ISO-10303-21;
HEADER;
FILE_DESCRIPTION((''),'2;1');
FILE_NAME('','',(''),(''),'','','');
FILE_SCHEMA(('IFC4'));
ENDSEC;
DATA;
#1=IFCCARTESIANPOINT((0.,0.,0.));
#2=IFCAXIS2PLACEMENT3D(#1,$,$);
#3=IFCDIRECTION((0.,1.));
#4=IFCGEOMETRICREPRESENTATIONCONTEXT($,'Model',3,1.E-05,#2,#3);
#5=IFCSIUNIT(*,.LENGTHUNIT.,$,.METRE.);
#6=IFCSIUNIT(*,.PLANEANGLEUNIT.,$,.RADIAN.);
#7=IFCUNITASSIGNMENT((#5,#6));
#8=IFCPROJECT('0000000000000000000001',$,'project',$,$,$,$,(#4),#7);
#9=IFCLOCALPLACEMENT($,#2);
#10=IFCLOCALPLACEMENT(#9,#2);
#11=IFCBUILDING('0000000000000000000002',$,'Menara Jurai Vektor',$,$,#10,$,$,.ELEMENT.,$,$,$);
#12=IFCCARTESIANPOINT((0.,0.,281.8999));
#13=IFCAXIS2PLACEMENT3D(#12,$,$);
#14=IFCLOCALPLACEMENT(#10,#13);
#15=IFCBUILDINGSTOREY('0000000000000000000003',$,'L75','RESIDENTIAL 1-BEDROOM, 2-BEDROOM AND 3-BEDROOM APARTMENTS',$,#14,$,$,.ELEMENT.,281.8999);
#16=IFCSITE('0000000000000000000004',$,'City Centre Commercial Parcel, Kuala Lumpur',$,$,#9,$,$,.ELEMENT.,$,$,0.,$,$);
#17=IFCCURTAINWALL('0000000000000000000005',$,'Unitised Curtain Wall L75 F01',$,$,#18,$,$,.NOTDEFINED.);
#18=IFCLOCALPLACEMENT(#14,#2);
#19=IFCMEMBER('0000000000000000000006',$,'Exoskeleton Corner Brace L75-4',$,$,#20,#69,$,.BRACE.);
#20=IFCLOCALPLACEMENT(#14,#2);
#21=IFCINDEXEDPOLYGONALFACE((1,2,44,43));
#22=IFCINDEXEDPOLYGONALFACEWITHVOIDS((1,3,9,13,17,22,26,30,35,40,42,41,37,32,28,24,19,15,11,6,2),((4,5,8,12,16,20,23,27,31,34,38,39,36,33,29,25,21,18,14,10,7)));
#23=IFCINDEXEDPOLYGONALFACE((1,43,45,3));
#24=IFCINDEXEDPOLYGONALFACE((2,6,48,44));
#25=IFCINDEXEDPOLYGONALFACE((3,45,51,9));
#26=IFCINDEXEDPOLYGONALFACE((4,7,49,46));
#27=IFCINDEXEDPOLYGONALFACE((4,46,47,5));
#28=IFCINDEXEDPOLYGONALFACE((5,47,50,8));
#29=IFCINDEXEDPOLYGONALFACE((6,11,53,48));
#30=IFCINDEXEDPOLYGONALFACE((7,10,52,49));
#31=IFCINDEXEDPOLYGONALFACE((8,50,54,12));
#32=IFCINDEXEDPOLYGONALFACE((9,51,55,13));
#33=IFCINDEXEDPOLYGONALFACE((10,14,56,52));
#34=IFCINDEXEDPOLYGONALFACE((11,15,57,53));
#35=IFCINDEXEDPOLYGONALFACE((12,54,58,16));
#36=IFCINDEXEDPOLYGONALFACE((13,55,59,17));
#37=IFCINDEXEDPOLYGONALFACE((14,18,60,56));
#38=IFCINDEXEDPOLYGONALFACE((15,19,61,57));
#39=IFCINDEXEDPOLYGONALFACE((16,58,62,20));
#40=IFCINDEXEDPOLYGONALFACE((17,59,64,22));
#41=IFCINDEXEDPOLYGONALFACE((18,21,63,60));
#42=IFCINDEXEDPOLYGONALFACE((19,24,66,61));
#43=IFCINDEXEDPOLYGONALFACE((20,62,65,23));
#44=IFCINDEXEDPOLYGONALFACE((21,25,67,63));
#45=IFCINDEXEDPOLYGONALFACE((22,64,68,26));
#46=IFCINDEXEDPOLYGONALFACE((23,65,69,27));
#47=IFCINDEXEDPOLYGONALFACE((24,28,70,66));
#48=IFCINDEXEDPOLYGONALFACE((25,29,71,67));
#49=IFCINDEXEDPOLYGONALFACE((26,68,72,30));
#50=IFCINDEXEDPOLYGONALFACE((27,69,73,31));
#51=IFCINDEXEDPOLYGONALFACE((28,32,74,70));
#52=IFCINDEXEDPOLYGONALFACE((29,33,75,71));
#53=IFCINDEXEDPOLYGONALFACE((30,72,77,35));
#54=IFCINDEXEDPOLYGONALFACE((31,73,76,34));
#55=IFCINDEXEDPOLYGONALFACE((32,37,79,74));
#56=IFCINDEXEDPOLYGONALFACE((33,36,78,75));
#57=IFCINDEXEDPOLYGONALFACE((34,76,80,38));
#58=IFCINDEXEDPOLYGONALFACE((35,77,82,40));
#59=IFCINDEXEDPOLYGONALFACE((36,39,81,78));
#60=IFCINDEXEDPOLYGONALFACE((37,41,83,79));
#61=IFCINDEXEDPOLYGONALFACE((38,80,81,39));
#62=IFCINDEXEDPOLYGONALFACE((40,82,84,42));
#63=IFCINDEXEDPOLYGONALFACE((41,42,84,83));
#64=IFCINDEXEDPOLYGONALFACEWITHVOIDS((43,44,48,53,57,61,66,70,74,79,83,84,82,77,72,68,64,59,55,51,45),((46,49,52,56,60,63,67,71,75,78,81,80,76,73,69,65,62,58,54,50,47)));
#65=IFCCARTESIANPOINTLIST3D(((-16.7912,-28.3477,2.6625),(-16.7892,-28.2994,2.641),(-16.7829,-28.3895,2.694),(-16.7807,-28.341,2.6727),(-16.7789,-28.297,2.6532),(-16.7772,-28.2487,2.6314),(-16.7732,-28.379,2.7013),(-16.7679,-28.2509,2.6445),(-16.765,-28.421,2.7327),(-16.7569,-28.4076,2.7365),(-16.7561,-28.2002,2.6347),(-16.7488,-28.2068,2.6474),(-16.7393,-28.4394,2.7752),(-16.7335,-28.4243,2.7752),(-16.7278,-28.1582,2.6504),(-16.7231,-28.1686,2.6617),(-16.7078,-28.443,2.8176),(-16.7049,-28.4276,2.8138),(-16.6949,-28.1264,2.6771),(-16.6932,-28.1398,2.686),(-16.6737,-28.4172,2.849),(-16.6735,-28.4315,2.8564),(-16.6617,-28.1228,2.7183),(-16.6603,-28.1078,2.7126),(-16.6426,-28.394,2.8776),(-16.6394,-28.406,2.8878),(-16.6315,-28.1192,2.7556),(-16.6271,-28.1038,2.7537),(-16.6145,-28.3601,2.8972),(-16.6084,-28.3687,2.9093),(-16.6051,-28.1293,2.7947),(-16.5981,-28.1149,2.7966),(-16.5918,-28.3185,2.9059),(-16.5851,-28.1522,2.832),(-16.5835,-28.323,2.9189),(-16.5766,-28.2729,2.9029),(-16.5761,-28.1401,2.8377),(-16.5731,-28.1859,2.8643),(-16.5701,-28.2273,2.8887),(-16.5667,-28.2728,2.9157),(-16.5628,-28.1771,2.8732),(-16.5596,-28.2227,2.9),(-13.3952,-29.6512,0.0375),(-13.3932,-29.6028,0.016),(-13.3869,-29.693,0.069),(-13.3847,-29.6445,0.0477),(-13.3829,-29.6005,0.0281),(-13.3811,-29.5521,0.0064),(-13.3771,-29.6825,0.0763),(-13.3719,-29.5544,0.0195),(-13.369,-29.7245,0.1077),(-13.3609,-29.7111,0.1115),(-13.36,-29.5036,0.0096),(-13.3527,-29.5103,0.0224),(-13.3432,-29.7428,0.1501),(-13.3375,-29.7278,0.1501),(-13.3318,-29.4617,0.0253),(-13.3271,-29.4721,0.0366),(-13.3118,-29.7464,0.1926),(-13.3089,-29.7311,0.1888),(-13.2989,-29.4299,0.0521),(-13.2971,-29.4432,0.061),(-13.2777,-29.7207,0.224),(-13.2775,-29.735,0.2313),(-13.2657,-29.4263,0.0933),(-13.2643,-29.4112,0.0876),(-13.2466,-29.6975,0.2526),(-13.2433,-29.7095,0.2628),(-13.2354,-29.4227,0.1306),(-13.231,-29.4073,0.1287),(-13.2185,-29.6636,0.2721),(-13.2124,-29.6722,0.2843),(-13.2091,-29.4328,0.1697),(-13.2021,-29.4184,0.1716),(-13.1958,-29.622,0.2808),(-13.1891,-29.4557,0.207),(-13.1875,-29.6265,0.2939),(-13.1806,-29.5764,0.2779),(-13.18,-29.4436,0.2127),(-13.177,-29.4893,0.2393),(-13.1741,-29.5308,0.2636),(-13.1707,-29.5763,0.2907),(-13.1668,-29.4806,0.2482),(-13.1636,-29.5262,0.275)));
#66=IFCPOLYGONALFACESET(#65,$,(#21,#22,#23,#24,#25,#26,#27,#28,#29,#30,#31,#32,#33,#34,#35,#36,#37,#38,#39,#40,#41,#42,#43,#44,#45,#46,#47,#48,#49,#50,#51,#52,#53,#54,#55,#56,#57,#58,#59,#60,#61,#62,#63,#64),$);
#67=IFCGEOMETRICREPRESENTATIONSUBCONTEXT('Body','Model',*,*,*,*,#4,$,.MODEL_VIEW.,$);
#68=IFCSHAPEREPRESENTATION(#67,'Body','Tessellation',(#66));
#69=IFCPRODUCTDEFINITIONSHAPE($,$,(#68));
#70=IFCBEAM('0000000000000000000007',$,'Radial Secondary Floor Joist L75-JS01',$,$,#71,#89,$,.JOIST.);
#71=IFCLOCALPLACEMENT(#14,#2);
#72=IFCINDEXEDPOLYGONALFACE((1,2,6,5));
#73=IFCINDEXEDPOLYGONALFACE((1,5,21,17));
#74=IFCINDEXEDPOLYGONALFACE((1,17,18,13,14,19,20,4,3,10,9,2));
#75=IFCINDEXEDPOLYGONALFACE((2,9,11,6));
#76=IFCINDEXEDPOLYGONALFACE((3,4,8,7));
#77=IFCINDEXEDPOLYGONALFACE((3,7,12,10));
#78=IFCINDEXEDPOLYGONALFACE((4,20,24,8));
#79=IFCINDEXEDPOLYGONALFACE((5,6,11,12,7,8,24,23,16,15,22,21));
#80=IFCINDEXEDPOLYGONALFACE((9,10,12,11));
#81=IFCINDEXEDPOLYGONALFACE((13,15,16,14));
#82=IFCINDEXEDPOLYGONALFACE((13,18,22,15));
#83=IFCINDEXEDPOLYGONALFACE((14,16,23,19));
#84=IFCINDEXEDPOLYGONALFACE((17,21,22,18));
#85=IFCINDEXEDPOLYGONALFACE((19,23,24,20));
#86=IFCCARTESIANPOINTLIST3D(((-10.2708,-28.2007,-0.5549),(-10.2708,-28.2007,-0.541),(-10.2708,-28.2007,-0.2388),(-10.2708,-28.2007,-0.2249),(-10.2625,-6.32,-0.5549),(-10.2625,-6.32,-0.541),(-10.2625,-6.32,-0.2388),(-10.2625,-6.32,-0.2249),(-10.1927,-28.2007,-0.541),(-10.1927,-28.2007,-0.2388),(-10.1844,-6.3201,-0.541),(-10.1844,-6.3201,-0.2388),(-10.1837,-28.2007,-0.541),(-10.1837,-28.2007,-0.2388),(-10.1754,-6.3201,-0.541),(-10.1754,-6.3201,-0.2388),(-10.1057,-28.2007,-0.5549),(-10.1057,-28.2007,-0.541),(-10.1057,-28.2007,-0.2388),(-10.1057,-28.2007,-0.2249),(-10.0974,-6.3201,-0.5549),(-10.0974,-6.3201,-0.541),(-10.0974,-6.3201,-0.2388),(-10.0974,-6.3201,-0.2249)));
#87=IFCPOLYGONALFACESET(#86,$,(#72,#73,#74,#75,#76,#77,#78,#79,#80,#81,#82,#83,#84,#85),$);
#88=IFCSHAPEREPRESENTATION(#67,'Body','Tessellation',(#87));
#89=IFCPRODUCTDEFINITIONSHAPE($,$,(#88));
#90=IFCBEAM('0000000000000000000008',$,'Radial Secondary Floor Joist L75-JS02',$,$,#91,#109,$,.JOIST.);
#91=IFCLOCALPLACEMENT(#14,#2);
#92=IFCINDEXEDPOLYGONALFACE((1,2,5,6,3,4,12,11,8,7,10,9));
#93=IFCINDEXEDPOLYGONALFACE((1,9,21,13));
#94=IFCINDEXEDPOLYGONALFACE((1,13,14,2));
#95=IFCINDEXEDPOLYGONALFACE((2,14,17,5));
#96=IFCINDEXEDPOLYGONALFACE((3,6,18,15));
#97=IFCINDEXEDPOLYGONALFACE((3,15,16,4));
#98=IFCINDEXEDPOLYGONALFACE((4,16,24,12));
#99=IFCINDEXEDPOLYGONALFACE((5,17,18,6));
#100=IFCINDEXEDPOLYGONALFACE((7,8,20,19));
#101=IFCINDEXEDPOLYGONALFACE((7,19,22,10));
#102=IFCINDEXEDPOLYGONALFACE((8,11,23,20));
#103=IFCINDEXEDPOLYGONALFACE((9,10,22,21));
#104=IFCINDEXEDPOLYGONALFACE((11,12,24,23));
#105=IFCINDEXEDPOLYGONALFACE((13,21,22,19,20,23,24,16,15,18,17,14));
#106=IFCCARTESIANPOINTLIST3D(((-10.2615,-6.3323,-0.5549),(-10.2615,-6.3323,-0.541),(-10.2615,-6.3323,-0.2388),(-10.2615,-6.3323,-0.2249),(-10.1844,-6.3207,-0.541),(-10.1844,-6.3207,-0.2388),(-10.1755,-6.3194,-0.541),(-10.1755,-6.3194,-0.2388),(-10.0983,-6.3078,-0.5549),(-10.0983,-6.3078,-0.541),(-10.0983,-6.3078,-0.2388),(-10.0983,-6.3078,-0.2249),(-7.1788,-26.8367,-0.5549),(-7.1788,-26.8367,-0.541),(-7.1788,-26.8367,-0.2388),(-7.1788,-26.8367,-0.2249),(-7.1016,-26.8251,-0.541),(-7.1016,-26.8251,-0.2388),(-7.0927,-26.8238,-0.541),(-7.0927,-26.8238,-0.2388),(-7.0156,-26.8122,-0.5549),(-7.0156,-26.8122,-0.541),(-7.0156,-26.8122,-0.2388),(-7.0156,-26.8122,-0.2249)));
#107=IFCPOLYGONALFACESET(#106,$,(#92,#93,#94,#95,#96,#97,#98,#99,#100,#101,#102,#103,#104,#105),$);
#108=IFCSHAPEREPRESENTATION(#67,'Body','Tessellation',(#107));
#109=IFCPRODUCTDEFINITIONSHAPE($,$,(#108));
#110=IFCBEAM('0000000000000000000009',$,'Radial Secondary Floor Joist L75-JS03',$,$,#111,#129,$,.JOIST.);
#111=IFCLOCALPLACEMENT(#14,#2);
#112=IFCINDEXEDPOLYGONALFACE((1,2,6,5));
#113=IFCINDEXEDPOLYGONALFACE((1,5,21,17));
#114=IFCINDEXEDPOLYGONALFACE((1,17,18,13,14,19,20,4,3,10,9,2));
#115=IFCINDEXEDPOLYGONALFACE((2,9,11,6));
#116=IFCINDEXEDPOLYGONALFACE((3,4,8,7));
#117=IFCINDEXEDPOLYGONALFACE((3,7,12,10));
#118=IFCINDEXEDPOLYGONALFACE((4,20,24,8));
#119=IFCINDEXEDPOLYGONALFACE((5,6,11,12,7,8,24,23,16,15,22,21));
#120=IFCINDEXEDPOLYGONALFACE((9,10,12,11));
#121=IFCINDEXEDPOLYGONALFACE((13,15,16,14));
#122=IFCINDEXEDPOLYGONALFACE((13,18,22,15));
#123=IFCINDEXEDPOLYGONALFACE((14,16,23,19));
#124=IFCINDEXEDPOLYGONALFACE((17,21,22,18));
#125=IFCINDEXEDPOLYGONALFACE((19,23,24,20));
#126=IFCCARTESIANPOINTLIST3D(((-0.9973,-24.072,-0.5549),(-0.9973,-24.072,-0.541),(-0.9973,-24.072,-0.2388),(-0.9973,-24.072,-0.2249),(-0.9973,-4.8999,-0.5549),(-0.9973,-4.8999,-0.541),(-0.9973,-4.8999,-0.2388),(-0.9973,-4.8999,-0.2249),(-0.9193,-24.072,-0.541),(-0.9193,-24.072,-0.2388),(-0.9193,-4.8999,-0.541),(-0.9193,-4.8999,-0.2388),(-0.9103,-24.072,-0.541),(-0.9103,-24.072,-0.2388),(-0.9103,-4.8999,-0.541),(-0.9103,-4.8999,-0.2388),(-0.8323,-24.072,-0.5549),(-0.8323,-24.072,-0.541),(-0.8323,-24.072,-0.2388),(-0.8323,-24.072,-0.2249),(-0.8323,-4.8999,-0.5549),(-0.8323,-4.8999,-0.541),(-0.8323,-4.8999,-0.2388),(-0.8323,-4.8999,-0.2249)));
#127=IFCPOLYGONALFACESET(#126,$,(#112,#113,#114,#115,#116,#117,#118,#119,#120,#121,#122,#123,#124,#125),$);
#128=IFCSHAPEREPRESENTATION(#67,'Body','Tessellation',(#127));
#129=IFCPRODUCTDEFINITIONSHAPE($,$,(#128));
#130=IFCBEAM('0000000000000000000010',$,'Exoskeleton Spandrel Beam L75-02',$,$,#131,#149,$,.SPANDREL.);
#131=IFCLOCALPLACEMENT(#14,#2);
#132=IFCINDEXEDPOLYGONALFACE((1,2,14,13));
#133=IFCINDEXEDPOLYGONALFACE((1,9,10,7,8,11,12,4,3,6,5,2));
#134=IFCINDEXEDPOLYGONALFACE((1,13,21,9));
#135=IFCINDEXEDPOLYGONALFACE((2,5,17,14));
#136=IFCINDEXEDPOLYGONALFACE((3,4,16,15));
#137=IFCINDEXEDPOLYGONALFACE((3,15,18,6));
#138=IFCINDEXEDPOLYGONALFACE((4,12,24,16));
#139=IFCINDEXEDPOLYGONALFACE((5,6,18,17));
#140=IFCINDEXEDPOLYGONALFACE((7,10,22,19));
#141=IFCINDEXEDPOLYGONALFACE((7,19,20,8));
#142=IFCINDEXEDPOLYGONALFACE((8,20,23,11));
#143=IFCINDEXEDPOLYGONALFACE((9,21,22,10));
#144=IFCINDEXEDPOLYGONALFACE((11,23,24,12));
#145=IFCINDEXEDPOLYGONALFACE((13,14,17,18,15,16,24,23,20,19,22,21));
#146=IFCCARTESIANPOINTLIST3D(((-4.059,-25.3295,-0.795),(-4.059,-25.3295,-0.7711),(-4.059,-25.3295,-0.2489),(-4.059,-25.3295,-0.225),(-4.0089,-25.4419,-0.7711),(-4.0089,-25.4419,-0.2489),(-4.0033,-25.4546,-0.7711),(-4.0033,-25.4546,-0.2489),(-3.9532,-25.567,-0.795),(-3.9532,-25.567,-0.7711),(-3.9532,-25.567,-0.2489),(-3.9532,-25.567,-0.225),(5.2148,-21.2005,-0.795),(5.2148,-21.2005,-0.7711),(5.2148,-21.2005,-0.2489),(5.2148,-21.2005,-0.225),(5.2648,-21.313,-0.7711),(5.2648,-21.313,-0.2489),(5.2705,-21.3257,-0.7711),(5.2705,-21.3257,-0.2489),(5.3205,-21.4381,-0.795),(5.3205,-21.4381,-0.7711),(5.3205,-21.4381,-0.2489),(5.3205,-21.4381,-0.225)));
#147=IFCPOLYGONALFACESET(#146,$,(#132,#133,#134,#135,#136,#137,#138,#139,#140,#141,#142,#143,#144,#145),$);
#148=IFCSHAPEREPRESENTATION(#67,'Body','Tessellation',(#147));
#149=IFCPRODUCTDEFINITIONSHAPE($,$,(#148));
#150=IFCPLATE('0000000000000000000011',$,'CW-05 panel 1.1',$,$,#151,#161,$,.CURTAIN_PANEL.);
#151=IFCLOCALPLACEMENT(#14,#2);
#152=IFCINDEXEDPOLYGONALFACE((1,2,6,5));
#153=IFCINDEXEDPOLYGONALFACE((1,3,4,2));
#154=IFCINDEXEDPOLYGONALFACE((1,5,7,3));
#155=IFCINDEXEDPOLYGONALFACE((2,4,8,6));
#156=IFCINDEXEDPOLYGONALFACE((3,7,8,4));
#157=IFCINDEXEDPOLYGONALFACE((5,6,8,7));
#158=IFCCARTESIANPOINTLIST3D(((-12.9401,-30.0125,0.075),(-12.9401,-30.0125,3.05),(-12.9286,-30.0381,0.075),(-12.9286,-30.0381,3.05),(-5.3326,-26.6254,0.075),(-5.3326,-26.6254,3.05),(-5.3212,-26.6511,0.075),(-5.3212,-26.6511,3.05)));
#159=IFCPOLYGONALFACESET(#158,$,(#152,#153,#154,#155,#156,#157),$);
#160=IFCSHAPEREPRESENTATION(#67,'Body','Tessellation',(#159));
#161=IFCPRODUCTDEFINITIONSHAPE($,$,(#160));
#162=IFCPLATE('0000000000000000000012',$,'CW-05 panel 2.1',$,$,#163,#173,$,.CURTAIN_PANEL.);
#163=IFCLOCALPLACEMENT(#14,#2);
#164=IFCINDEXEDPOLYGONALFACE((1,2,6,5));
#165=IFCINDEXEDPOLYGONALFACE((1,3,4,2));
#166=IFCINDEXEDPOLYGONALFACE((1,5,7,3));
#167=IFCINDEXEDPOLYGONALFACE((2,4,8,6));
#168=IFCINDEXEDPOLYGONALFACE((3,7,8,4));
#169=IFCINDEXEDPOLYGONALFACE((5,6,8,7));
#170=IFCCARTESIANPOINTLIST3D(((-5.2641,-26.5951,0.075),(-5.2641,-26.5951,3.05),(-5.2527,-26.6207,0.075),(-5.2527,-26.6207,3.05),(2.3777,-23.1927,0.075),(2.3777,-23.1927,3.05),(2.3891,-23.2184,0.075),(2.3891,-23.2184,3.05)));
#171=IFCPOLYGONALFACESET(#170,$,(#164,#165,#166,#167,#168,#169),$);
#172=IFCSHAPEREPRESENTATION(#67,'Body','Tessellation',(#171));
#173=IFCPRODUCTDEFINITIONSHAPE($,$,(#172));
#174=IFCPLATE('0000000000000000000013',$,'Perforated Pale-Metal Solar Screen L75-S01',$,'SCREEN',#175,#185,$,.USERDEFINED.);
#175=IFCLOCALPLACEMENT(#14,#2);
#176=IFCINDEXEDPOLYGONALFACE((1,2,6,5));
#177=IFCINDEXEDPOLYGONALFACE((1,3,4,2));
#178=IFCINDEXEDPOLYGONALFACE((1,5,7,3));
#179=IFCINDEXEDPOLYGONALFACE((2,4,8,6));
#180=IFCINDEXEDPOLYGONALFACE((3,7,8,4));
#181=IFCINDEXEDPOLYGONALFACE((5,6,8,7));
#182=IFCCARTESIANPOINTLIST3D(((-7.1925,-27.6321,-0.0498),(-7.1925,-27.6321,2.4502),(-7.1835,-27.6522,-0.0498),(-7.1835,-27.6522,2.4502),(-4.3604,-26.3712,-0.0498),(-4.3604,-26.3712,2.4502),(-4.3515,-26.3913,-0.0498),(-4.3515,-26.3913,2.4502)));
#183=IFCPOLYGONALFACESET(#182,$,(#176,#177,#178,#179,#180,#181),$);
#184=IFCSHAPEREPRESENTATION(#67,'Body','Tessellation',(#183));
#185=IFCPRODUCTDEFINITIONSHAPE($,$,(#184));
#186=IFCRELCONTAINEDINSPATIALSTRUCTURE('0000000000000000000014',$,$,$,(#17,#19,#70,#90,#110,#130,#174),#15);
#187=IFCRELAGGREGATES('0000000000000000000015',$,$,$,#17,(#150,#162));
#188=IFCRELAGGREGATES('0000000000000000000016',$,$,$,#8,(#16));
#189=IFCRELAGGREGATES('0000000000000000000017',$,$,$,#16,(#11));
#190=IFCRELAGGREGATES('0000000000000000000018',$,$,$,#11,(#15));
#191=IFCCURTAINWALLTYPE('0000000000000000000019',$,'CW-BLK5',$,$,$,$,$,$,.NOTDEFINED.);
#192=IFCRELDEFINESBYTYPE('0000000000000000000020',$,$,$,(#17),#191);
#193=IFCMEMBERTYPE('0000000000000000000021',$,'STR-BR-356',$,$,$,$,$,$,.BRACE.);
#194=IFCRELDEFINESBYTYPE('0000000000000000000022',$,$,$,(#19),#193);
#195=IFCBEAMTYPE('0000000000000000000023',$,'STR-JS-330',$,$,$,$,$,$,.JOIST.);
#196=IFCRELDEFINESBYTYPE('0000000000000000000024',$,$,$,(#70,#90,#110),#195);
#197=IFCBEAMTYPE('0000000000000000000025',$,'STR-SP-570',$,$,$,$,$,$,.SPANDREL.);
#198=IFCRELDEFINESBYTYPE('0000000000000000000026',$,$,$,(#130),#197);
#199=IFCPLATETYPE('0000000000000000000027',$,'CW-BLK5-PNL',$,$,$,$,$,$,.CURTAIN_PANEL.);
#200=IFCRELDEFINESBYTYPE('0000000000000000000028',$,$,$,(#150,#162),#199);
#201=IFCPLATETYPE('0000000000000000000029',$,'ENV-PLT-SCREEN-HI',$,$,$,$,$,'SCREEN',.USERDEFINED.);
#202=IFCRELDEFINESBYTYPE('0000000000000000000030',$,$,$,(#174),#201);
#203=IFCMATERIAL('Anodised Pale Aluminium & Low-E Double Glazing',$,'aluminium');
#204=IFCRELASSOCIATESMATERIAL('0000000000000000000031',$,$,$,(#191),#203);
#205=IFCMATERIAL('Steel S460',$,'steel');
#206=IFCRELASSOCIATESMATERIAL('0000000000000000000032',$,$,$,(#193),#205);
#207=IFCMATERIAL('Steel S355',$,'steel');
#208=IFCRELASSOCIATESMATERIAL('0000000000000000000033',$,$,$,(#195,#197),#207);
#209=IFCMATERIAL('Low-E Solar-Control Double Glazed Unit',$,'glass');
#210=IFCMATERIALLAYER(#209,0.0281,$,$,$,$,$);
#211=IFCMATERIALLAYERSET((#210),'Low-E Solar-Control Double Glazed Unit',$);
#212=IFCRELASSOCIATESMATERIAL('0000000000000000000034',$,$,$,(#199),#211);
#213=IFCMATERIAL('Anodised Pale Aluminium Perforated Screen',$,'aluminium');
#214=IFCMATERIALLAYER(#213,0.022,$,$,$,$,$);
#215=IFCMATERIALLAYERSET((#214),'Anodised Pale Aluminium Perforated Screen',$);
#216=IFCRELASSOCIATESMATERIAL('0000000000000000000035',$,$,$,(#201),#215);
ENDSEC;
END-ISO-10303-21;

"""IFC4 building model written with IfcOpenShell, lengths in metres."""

from ifc_helpers import new_model, si_unit, direction, frame, origin, origin_2d, place, context, subcontext, project, spatial, rectangle, hollow_circle, i_section, extrude, material, layer, layer_set, material_profile, profile_set, type_object, element, aggregate, save


model = new_model("IFC4")

# Units and contexts
model_context = context("Model", 3, precision=1e-05, world=origin(), true_north=direction((0.0, 1.0)))
body_context = subcontext(model_context, "Body", "Model", "MODEL_VIEW")
ifc_project = project(units=[si_unit("LENGTHUNIT", "METRE"), si_unit("PLANEANGLEUNIT", "RADIAN")], contexts=[model_context])

# Site, building, storey
site_placement = place(None, origin())
site = spatial("IfcSite", under=ifc_project, at=site_placement, Name="City Centre Commercial Parcel, Kuala Lumpur", CompositionType="ELEMENT", RefElevation=0.0)
building_placement = place(site_placement, origin())
building = spatial("IfcBuilding", under=site, at=building_placement, Name="Menara Jurai Vektor", CompositionType="ELEMENT")
storey_placement = place(building_placement, frame((0.0, 0.0, 281.8999)))
storey = spatial("IfcBuildingStorey", under=building, at=storey_placement, Name="L75", Description="RESIDENTIAL 1-BEDROOM, 2-BEDROOM AND 3-BEDROOM APARTMENTS", CompositionType="ELEMENT", Elevation=281.8999)

# Shared definitions
ifc_material_1 = material(Name="Steel S460", Category="steel")

# Curtain wall
ifc_material_2 = material(Name="Anodised Pale Aluminium & Low-E Double Glazing", Category="aluminium")
curtain_wall_type = type_object("IfcCurtainWallType", Name="CW-BLK5", PredefinedType="NOTDEFINED", material=ifc_material_2)
curtain_wall_placement = place(storey_placement, origin())
curtain_wall = element("IfcCurtainWall", 1, at=curtain_wall_placement, inside=storey, type_object=curtain_wall_type, Name="Unitised Curtain Wall L75 F01", PredefinedType="NOTDEFINED")

# Shared definitions
ifc_material_3 = material(Name="Steel S355", Category="steel")

# Member
ifc_material_profile_1 = material_profile(ifc_material_1, hollow_circle(Radius=0.1777, WallThickness=0.0161, at=origin_2d()), Name="CHS 355.6x16")
ifc_profile_set_1 = profile_set([ifc_material_profile_1], Name="Steel S460")
member_type_1 = type_object("IfcMemberType", Name="STR-BR-356", PredefinedType="BRACE", material=ifc_profile_set_1)
member_1_placement = place(storey_placement, frame((-13.2795, -29.5769, 0.1501), z_axis=(-0.757054, 0.290576, 0.585179), x_axis=(-0.358336, -0.933593, 0.0)))
element("IfcMember", 2, at=member_1_placement, inside=storey, type_object=member_type_1, Name="Exoskeleton Corner Brace L75-4", PredefinedType="BRACE", context=body_context, shape_type="SweptSolid", body=[
    extrude(hollow_circle(Radius=0.1777, WallThickness=0.0161, at=origin_2d()), origin(), (0.0, 0.0, 1.0), 4.4858),
])

# Beams
ifc_material_profile_2 = material_profile(ifc_material_3, i_section(OverallWidth=0.165, OverallDepth=0.3301, WebThickness=0.009, FlangeThickness=0.0139, at=origin_2d()), Name="PG 330x165x46")
ifc_profile_set_2 = profile_set([ifc_material_profile_2], Name="Steel S355")
beam_type_1 = type_object("IfcBeamType", Name="STR-JS-330", PredefinedType="JOIST", material=ifc_profile_set_2)
beam_1_placement = place(storey_placement, frame((-10.1882, -28.2007, -0.3899), z_axis=(0.000379, 1.0, 0.0), x_axis=(-1.0, 0.000379, 0.0)))
element("IfcBeam", 3, at=beam_1_placement, inside=storey, type_object=beam_type_1, Name="Radial Secondary Floor Joist L75-JS01", PredefinedType="JOIST", context=body_context, shape_type="SweptSolid", body=[
    extrude(i_section(OverallWidth=0.165, OverallDepth=0.3301, WebThickness=0.009, FlangeThickness=0.0139, at=origin_2d()), origin(), (0.0, 0.0, 1.0), 21.8806),
])
beam_2_placement = place(storey_placement, frame((-7.0972, -26.8245, -0.3899), z_axis=(-0.148676, 0.988886, 0.0), x_axis=(-0.988886, -0.148676, 0.0)))
element("IfcBeam", 4, at=beam_2_placement, inside=storey, type_object=beam_type_1, Name="Radial Secondary Floor Joist L75-JS02", PredefinedType="JOIST", context=body_context, shape_type="SweptSolid", body=[
    extrude(i_section(OverallWidth=0.165, OverallDepth=0.3301, WebThickness=0.009, FlangeThickness=0.0139, at=origin_2d()), origin(), (0.0, 0.0, 1.0), 20.7349),
])
beam_3_placement = place(storey_placement, frame((-0.9148, -24.072, -0.3899), z_axis=(0.0, 1.0, 0.0), x_axis=(-1.0, 0.0, 0.0)))
element("IfcBeam", 5, at=beam_3_placement, inside=storey, type_object=beam_type_1, Name="Radial Secondary Floor Joist L75-JS03", PredefinedType="JOIST", context=body_context, shape_type="SweptSolid", body=[
    extrude(i_section(OverallWidth=0.165, OverallDepth=0.3301, WebThickness=0.009, FlangeThickness=0.0139, at=origin_2d()), origin(), (0.0, 0.0, 1.0), 19.1721),
])
ifc_material_profile_3 = material_profile(ifc_material_3, i_section(OverallWidth=0.26, OverallDepth=0.5701, WebThickness=0.0139, FlangeThickness=0.0239, at=origin_2d()), Name="PG 570x260x145")
ifc_profile_set_3 = profile_set([ifc_material_profile_3], Name="Steel S355")
beam_type_2 = type_object("IfcBeamType", Name="STR-SP-570", PredefinedType="SPANDREL", material=ifc_profile_set_3)
beam_4_placement = place(storey_placement, frame((-4.0061, -25.4482, -0.51), z_axis=(0.913546, 0.406736, 0.0), x_axis=(-0.406736, 0.913546, 0.0)))
element("IfcBeam", 6, at=beam_4_placement, inside=storey, type_object=beam_type_2, Name="Exoskeleton Spandrel Beam L75-02", PredefinedType="SPANDREL", context=body_context, shape_type="SweptSolid", body=[
    extrude(i_section(OverallWidth=0.26, OverallDepth=0.5701, WebThickness=0.0139, FlangeThickness=0.0239, at=origin_2d()), origin(), (0.0, 0.0, 1.0), 10.1514),
])

# Plates
ifc_material_4 = material(Name="Low-E Solar-Control Double Glazed Unit", Category="glass")
ifc_layer_1 = layer(ifc_material_4, 0.0281)
ifc_layer_set_1 = layer_set([ifc_layer_1], Name="Low-E Solar-Control Double Glazed Unit")
plate_type_1 = type_object("IfcPlateType", Name="CW-BLK5-PNL", PredefinedType="CURTAIN_PANEL", material=ifc_layer_set_1)
plate_1_placement = place(storey_placement, frame((-9.1306, -28.3318, 0.075), z_axis=(0.0, 0.0, 1.0), x_axis=(0.913546, 0.406735, 0.0)))
plate_1 = element("IfcPlate", 7, at=plate_1_placement, type_object=plate_type_1, Name="CW-05 panel 1.1", PredefinedType="CURTAIN_PANEL", context=body_context, shape_type="SweptSolid", body=[
    extrude(rectangle(XDim=8.3274, YDim=0.0281, at=origin_2d()), origin(), (0.0, 0.0, 1.0), 2.9751),
])
plate_2_placement = place(storey_placement, frame((-1.4375, -24.9067, 0.075), z_axis=(0.0, 0.0, 1.0), x_axis=(0.913546, 0.406735, 0.0)))
plate_2 = element("IfcPlate", 8, at=plate_2_placement, type_object=plate_type_1, Name="CW-05 panel 2.1", PredefinedType="CURTAIN_PANEL", context=body_context, shape_type="SweptSolid", body=[
    extrude(rectangle(XDim=8.365, YDim=0.0281, at=origin_2d()), origin(), (0.0, 0.0, 1.0), 2.9751),
])
aggregate(curtain_wall, [plate_1, plate_2])
ifc_material_5 = material(Name="Anodised Pale Aluminium Perforated Screen", Category="aluminium")
ifc_layer_2 = layer(ifc_material_5, 0.022)
ifc_layer_set_2 = layer_set([ifc_layer_2], Name="Anodised Pale Aluminium Perforated Screen")
plate_type_2 = type_object("IfcPlateType", Name="ENV-PLT-SCREEN-HI", ElementType="SCREEN", PredefinedType="USERDEFINED", material=ifc_layer_set_2)
plate_3_placement = place(storey_placement, frame((-5.772, -27.0117, -0.0498), z_axis=(0.0, 0.0, 1.0), x_axis=(0.913545, 0.406737, 0.0)))
element("IfcPlate", 9, at=plate_3_placement, inside=storey, type_object=plate_type_2, Name="Perforated Pale-Metal Solar Screen L75-S01", ObjectType="SCREEN", PredefinedType="USERDEFINED", context=body_context, shape_type="SweptSolid", body=[
    extrude(rectangle(XDim=3.1001, YDim=0.022, at=origin_2d()), origin(), (0.0, 0.0, 1.0), 2.5),
])

save(model, "model.ifc")
